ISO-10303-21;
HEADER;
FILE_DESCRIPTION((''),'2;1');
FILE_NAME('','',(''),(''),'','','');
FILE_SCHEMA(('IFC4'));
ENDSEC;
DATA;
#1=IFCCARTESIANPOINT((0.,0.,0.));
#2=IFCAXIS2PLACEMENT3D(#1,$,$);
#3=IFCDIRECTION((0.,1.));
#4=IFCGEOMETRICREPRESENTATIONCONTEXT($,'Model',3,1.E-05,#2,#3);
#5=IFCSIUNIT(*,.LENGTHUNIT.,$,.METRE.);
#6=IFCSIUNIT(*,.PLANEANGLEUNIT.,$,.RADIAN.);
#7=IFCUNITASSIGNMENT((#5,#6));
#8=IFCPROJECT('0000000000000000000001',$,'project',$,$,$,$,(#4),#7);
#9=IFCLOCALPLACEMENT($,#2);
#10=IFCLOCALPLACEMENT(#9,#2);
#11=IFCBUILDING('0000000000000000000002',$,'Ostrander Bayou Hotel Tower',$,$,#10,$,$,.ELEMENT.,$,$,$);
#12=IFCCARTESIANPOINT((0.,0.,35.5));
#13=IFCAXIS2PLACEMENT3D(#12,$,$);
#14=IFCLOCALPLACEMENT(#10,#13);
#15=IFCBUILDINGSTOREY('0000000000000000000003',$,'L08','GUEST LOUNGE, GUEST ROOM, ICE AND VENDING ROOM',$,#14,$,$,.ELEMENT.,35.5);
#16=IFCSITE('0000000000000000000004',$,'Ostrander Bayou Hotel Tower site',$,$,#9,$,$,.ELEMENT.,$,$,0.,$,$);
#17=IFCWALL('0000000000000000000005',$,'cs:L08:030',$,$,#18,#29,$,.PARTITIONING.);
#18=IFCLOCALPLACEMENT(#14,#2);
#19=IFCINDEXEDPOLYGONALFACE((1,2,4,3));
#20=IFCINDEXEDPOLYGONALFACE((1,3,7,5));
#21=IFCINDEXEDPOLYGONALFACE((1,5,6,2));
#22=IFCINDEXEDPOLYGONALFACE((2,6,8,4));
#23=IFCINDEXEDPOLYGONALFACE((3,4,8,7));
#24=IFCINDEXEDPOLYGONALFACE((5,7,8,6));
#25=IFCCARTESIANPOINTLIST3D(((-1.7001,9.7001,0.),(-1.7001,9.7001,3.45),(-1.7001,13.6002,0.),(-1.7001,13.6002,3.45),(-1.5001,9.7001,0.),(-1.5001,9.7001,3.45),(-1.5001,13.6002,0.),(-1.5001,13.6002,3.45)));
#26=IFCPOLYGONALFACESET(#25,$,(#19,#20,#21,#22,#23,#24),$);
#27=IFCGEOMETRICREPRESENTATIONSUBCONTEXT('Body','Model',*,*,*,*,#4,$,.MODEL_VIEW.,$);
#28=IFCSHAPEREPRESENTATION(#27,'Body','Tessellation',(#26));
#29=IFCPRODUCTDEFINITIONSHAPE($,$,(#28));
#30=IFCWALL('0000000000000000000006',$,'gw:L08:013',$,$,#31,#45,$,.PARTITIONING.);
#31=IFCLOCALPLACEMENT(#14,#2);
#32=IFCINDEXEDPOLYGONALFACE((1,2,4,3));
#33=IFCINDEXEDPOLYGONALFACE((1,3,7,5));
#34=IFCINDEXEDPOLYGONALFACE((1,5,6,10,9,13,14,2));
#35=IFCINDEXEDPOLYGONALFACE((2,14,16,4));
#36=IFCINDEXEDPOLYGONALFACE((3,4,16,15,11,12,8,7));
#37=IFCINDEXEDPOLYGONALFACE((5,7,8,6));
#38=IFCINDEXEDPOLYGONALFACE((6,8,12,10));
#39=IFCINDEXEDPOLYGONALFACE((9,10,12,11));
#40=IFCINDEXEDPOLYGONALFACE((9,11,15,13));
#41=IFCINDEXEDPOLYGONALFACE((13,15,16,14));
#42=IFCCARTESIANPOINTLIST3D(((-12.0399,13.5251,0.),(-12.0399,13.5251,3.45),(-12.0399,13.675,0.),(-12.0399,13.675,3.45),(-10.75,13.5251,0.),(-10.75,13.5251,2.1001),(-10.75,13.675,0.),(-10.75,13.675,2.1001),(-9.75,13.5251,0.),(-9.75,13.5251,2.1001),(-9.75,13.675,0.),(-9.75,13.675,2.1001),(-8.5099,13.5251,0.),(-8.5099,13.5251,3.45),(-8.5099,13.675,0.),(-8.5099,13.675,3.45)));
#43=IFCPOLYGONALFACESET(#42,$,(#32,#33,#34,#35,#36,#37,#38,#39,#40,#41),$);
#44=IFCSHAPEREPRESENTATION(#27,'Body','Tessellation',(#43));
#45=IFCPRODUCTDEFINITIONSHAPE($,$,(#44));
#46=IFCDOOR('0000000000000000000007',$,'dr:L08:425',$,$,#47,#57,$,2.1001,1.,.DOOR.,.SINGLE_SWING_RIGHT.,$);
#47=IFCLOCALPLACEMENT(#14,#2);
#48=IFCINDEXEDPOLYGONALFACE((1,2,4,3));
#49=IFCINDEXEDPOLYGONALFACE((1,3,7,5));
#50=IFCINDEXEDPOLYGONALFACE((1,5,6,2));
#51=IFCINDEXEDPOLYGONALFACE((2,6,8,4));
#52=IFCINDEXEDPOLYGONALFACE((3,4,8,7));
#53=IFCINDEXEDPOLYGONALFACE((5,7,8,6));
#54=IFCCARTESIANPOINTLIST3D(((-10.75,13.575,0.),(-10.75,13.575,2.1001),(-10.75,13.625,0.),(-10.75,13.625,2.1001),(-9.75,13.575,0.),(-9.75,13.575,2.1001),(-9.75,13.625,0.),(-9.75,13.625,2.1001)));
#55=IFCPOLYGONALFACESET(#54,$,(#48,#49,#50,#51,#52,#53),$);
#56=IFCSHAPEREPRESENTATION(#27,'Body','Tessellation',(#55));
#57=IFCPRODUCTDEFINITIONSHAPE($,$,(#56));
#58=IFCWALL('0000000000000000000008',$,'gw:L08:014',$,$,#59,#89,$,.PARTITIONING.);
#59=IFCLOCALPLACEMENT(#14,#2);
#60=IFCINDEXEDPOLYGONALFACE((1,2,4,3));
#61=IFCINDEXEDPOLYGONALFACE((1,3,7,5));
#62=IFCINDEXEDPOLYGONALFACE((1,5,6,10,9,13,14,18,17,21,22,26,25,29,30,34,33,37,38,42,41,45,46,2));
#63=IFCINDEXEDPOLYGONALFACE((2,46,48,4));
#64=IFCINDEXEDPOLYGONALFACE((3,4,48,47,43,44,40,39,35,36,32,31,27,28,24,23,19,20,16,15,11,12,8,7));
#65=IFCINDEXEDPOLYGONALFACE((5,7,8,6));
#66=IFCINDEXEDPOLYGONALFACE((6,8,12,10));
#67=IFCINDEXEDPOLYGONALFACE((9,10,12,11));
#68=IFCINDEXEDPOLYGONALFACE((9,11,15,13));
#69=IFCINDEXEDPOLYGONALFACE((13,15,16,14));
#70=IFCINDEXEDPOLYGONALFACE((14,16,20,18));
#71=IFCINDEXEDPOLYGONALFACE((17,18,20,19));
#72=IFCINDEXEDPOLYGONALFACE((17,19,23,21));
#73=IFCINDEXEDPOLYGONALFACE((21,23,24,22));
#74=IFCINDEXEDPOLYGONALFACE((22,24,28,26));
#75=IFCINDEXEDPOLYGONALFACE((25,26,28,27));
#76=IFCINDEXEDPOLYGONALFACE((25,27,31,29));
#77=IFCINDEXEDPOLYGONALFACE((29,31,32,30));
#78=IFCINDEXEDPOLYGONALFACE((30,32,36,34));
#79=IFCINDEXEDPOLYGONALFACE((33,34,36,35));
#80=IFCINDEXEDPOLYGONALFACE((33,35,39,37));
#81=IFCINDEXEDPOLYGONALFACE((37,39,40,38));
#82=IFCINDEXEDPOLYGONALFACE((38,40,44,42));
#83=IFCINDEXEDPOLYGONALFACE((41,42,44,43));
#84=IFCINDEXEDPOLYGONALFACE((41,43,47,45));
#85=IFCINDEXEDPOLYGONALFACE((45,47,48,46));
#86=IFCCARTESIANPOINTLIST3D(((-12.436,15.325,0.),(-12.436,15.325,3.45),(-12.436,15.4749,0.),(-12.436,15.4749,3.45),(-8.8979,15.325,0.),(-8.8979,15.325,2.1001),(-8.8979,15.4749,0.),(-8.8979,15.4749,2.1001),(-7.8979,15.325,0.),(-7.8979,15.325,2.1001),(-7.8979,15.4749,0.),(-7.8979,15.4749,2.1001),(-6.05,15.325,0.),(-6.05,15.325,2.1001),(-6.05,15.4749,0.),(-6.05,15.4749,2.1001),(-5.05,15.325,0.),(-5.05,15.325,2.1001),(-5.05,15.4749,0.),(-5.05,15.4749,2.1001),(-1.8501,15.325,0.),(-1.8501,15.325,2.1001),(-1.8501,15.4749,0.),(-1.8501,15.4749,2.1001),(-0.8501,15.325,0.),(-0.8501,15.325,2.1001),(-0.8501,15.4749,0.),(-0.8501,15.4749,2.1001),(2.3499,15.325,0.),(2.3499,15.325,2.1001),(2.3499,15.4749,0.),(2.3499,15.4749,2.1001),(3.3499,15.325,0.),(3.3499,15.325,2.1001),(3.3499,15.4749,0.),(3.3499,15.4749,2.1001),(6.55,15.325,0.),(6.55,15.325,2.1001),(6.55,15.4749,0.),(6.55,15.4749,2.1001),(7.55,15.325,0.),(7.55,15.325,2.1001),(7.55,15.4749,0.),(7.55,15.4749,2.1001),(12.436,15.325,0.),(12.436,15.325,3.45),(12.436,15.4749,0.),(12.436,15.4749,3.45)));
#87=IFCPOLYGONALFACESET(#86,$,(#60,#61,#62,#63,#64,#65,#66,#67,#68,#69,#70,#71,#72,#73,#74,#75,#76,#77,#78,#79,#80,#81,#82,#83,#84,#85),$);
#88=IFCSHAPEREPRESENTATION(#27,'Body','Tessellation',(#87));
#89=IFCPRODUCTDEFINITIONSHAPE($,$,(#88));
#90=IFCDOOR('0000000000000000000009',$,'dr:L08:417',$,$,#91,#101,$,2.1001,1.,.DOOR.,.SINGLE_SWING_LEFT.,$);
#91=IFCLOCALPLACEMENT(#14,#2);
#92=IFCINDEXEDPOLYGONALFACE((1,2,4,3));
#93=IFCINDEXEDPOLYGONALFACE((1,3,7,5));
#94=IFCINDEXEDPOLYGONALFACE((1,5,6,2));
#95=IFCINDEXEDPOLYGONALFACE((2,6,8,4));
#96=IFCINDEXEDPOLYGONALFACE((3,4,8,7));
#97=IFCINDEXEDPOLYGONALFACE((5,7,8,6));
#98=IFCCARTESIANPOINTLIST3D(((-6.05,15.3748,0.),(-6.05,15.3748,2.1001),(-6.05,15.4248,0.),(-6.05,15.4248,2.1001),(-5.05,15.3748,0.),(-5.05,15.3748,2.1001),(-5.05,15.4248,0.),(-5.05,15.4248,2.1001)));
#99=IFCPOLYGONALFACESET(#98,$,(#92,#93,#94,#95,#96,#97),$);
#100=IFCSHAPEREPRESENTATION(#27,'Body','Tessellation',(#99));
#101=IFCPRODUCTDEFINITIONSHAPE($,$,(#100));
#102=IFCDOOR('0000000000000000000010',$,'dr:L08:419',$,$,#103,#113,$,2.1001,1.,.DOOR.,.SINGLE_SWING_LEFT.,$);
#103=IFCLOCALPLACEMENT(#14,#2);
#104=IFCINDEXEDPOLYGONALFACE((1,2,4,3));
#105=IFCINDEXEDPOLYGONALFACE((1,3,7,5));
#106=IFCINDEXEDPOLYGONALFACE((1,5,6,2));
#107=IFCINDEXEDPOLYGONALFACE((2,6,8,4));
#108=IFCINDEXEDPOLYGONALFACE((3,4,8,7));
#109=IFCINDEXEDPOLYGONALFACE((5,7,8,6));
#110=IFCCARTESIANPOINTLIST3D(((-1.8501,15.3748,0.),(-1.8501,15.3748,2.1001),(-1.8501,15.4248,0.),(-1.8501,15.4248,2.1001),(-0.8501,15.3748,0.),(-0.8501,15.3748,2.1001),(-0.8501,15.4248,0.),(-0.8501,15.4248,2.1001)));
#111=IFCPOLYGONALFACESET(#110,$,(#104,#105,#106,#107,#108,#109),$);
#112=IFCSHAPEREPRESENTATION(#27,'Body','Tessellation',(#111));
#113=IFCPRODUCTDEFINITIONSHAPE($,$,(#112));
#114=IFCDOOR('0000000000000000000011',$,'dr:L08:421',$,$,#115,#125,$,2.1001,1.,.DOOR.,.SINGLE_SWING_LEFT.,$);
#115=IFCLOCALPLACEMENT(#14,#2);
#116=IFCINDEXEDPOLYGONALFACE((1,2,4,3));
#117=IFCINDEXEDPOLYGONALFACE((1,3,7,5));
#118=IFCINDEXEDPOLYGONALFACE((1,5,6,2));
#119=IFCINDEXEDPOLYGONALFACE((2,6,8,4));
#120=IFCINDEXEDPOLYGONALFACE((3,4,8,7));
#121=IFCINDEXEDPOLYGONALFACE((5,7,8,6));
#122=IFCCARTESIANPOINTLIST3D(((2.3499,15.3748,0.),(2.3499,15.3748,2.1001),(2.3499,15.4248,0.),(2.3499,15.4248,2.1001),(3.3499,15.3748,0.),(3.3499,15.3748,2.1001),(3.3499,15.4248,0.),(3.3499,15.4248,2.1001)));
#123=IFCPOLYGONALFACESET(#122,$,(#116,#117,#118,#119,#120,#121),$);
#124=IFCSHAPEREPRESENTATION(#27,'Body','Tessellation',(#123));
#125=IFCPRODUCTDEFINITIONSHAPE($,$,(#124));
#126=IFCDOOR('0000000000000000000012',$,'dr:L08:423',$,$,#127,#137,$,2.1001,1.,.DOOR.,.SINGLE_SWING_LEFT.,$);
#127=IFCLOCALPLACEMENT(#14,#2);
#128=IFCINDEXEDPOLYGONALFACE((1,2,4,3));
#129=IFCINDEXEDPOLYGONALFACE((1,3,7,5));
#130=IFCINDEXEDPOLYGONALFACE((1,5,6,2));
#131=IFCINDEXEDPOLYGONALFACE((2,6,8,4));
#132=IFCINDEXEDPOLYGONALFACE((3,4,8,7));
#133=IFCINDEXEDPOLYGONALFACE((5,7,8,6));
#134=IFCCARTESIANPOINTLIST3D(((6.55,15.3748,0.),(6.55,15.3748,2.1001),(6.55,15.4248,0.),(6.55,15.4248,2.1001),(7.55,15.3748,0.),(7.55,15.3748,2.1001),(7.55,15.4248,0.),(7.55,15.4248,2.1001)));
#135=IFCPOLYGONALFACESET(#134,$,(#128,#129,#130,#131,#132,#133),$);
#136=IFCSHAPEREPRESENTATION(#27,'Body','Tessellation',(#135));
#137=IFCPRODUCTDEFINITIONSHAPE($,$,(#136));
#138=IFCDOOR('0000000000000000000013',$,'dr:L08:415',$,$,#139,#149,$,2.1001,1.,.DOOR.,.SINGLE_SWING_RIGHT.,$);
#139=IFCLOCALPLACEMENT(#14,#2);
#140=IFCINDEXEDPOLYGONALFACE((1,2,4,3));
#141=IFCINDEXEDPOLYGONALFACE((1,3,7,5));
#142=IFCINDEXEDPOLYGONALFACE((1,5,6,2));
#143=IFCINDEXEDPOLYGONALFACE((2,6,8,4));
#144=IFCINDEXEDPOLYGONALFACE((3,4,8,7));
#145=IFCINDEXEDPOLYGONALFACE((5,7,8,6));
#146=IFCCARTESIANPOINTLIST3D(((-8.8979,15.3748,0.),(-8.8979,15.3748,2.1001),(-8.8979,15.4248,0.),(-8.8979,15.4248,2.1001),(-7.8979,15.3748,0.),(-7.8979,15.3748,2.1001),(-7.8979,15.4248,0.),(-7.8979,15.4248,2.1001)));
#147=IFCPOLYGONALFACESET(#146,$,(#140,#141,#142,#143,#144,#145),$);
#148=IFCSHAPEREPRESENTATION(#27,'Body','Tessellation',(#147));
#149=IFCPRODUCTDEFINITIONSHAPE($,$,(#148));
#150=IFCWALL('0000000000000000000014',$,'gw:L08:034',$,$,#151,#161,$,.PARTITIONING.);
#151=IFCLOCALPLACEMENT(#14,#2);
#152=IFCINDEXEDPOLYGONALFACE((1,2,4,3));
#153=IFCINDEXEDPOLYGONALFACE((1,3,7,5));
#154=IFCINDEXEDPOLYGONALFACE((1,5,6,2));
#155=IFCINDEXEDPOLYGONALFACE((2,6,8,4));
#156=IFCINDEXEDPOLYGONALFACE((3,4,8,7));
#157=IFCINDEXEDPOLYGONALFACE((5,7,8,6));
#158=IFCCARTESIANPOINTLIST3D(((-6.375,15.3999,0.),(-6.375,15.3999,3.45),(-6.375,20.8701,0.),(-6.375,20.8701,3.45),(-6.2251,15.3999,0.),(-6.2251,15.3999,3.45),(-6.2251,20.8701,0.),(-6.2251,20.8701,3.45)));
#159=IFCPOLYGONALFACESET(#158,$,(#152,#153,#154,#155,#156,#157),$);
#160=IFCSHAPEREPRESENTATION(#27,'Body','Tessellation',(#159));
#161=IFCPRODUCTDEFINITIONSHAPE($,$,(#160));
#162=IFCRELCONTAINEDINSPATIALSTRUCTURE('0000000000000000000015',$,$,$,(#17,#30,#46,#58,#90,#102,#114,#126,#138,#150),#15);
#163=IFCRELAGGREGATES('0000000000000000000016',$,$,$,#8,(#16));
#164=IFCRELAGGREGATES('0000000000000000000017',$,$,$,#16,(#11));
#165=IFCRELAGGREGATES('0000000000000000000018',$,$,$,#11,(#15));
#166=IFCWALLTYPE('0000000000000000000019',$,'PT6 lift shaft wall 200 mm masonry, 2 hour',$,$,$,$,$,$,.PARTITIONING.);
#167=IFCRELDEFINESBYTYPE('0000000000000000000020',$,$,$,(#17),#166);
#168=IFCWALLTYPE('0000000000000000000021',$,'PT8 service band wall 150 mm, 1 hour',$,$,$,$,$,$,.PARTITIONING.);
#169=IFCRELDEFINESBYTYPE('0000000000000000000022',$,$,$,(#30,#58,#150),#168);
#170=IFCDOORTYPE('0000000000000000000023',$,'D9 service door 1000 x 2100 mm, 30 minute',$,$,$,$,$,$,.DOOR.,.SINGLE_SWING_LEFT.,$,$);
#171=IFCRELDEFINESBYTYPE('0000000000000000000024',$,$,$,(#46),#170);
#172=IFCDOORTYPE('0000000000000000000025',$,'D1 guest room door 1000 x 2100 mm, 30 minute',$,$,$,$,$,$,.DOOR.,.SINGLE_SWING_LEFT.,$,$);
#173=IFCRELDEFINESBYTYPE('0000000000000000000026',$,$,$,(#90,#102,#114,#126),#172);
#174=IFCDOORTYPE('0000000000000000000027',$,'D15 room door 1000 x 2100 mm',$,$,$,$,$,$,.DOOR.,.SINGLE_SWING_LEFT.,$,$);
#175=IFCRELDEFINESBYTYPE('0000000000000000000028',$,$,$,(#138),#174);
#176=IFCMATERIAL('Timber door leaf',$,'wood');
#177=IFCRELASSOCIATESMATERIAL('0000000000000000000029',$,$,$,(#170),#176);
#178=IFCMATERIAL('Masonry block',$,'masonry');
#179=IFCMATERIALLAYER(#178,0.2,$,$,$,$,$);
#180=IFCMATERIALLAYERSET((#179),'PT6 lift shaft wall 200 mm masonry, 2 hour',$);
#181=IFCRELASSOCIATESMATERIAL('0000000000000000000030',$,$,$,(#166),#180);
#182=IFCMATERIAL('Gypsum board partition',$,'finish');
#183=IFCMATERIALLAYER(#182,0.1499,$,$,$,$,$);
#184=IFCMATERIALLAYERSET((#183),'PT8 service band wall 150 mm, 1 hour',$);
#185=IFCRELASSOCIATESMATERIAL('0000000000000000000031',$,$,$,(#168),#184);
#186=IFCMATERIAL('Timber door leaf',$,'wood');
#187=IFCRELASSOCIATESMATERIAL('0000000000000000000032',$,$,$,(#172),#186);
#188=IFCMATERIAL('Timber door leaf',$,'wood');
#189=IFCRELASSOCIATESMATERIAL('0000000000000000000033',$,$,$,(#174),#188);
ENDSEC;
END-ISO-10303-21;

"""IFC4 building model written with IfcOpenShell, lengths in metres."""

from ifc_helpers import new_model, si_unit, direction, frame, frame_2d, origin, place, context, subcontext, project, spatial, rectangle, extrude, material, layer, layer_set, type_object, element, fill, save


model = new_model("IFC4")

# Units and contexts
model_context = context("Model", 3, precision=1e-05, world=origin(), true_north=direction((0.0, 1.0)))
body_context = subcontext(model_context, "Body", "Model", "MODEL_VIEW")
ifc_project = project(units=[si_unit("LENGTHUNIT", "METRE"), si_unit("PLANEANGLEUNIT", "RADIAN")], contexts=[model_context])

# Site, building, storey
site_placement = place(None, origin())
site = spatial("IfcSite", under=ifc_project, at=site_placement, Name="Ostrander Bayou Hotel Tower site", CompositionType="ELEMENT", RefElevation=0.0)
building_placement = place(site_placement, origin())
building = spatial("IfcBuilding", under=site, at=building_placement, Name="Ostrander Bayou Hotel Tower", CompositionType="ELEMENT")
storey_placement = place(building_placement, frame((0.0, 0.0, 35.5)))
storey = spatial("IfcBuildingStorey", under=building, at=storey_placement, Name="L08", Description="GUEST LOUNGE, GUEST ROOM, ICE AND VENDING ROOM", CompositionType="ELEMENT", Elevation=35.5)

# Shared definitions
ifc_material_1 = material(Name="Timber door leaf", Category="wood")
door_type_1 = type_object("IfcDoorType", Name="D9 service door 1000 x 2100 mm, 30 minute", OperationType="SINGLE_SWING_LEFT", PredefinedType="DOOR", material=ifc_material_1)

# Wall
ifc_material_2 = material(Name="Masonry block", Category="masonry")
ifc_layer_1 = layer(ifc_material_2, 0.2)
ifc_layer_set_1 = layer_set([ifc_layer_1], Name="PT6 lift shaft wall 200 mm masonry, 2 hour")
wall_type_1 = type_object("IfcWallType", Name="PT6 lift shaft wall 200 mm masonry, 2 hour", PredefinedType="PARTITIONING", material=ifc_layer_set_1)
wall_1_placement = place(storey_placement, frame((-1.6001, 9.7, 0.0), z_axis=(0.0, 0.0, 1.0), x_axis=(0.0, 1.0, 0.0)))
element("IfcWall", 1, at=wall_1_placement, inside=storey, type_object=wall_type_1, Name="cs:L08:030", PredefinedType="PARTITIONING", context=body_context, shape_type="SweptSolid", body=[
    extrude(rectangle(XDim=3.9001, YDim=0.2, at=frame_2d((1.9502, 0.0))), origin(), (0.0, 0.0, 1.0), 3.45),
])

# Wall, opening, door
ifc_material_3 = material(Name="Gypsum board partition", Category="finish")
ifc_layer_2 = layer(ifc_material_3, 0.1499)
ifc_layer_set_2 = layer_set([ifc_layer_2], Name="PT8 service band wall 150 mm, 1 hour")
wall_type_2 = type_object("IfcWallType", Name="PT8 service band wall 150 mm, 1 hour", PredefinedType="PARTITIONING", material=ifc_layer_set_2)
wall_2_placement = place(storey_placement, frame((-12.04, 13.6001, 0.0), z_axis=(0.0, 0.0, 1.0), x_axis=(1.0, 0.0, 0.0)))
wall_2 = element("IfcWall", 2, at=wall_2_placement, inside=storey, type_object=wall_type_2, Name="gw:L08:013", PredefinedType="PARTITIONING", context=body_context, shape_type="SweptSolid", body=[
    extrude(rectangle(XDim=3.53, YDim=0.1499, at=frame_2d((1.7651, 0.0))), origin(), (0.0, 0.0, 1.0), 3.45),
])
opening_1_placement = place(wall_2_placement, frame((1.29, 0.0, 0.0)))
opening_1 = element("IfcOpeningElement", 3, at=opening_1_placement, cuts=wall_2, PredefinedType="OPENING", context=body_context, shape_type="SweptSolid", body=[
    extrude(rectangle(XDim=1.0, YDim=2.1001, at=frame_2d((0.5, 1.05))), frame((0.0, 0.075, 0.0), z_axis=(0.0, -1.0, 0.0), x_axis=(1.0, 0.0, 0.0)), (0.0, 0.0, 1.0), 0.1499),
])
door_1_placement = place(opening_1_placement, origin())
door_1 = element("IfcDoor", 4, at=door_1_placement, inside=storey, type_object=door_type_1, Name="dr:L08:425", OperationType="SINGLE_SWING_RIGHT", OverallHeight=2.1001, OverallWidth=1.0, PredefinedType="DOOR", context=body_context, shape_type="SweptSolid", body=[
    extrude(rectangle(XDim=1.0, YDim=2.1001, at=frame_2d((0.5, 1.05))), frame((0.0, 0.0249, 0.0), z_axis=(0.0, -1.0, 0.0), x_axis=(1.0, 0.0, 0.0)), (0.0, 0.0, 1.0), 0.05),
])
fill(opening_1, door_1)

# Wall, openings, doors
wall_3_placement = place(storey_placement, frame((-12.436, 15.3999, 0.0), z_axis=(0.0, 0.0, 1.0), x_axis=(1.0, 0.0, 0.0)))
wall_3 = element("IfcWall", 5, at=wall_3_placement, inside=storey, type_object=wall_type_2, Name="gw:L08:014", PredefinedType="PARTITIONING", context=body_context, shape_type="SweptSolid", body=[
    extrude(rectangle(XDim=24.8721, YDim=0.1499, at=frame_2d((12.436, 0.0))), origin(), (0.0, 0.0, 1.0), 3.45),
])
opening_2_placement = place(wall_3_placement, frame((3.5381, 0.0, 0.0)))
opening_2 = element("IfcOpeningElement", 6, at=opening_2_placement, cuts=wall_3, PredefinedType="OPENING", context=body_context, shape_type="SweptSolid", body=[
    extrude(rectangle(XDim=1.0, YDim=2.1001, at=frame_2d((0.5, 1.05))), frame((0.0, 0.075, 0.0), z_axis=(0.0, -1.0, 0.0), x_axis=(1.0, 0.0, 0.0)), (0.0, 0.0, 1.0), 0.1499),
])
opening_3_placement = place(wall_3_placement, frame((6.386, 0.0, 0.0)))
opening_3 = element("IfcOpeningElement", 7, at=opening_3_placement, cuts=wall_3, PredefinedType="OPENING", context=body_context, shape_type="SweptSolid", body=[
    extrude(rectangle(XDim=1.0, YDim=2.1001, at=frame_2d((0.5, 1.05))), frame((0.0, 0.075, 0.0), z_axis=(0.0, -1.0, 0.0), x_axis=(1.0, 0.0, 0.0)), (0.0, 0.0, 1.0), 0.1499),
])
opening_4_placement = place(wall_3_placement, frame((10.5859, 0.0, 0.0)))
opening_4 = element("IfcOpeningElement", 8, at=opening_4_placement, cuts=wall_3, PredefinedType="OPENING", context=body_context, shape_type="SweptSolid", body=[
    extrude(rectangle(XDim=1.0, YDim=2.1001, at=frame_2d((0.5, 1.05))), frame((0.0, 0.075, 0.0), z_axis=(0.0, -1.0, 0.0), x_axis=(1.0, 0.0, 0.0)), (0.0, 0.0, 1.0), 0.1499),
])
opening_5_placement = place(wall_3_placement, frame((14.7859, 0.0, 0.0)))
opening_5 = element("IfcOpeningElement", 9, at=opening_5_placement, cuts=wall_3, PredefinedType="OPENING", context=body_context, shape_type="SweptSolid", body=[
    extrude(rectangle(XDim=1.0, YDim=2.1001, at=frame_2d((0.5, 1.05))), frame((0.0, 0.075, 0.0), z_axis=(0.0, -1.0, 0.0), x_axis=(1.0, 0.0, 0.0)), (0.0, 0.0, 1.0), 0.1499),
])
opening_6_placement = place(wall_3_placement, frame((18.9861, 0.0, 0.0)))
opening_6 = element("IfcOpeningElement", 10, at=opening_6_placement, cuts=wall_3, PredefinedType="OPENING", context=body_context, shape_type="SweptSolid", body=[
    extrude(rectangle(XDim=1.0, YDim=2.1001, at=frame_2d((0.5, 1.05))), frame((0.0, 0.075, 0.0), z_axis=(0.0, -1.0, 0.0), x_axis=(1.0, 0.0, 0.0)), (0.0, 0.0, 1.0), 0.1499),
])
ifc_material_4 = material(Name="Timber door leaf", Category="wood")
door_type_2 = type_object("IfcDoorType", Name="D1 guest room door 1000 x 2100 mm, 30 minute", OperationType="SINGLE_SWING_LEFT", PredefinedType="DOOR", material=ifc_material_4)
door_2_placement = place(opening_3_placement, origin())
door_2 = element("IfcDoor", 11, at=door_2_placement, inside=storey, type_object=door_type_2, Name="dr:L08:417", OperationType="SINGLE_SWING_LEFT", OverallHeight=2.1001, OverallWidth=1.0, PredefinedType="DOOR", context=body_context, shape_type="SweptSolid", body=[
    extrude(rectangle(XDim=1.0, YDim=2.1001, at=frame_2d((0.5, 1.05))), frame((0.0, 0.0249, 0.0), z_axis=(0.0, -1.0, 0.0), x_axis=(1.0, 0.0, 0.0)), (0.0, 0.0, 1.0), 0.05),
])
fill(opening_3, door_2)
door_3_placement = place(opening_4_placement, origin())
door_3 = element("IfcDoor", 12, at=door_3_placement, inside=storey, type_object=door_type_2, Name="dr:L08:419", OperationType="SINGLE_SWING_LEFT", OverallHeight=2.1001, OverallWidth=1.0, PredefinedType="DOOR", context=body_context, shape_type="SweptSolid", body=[
    extrude(rectangle(XDim=1.0, YDim=2.1001, at=frame_2d((0.5, 1.05))), frame((0.0, 0.0249, 0.0), z_axis=(0.0, -1.0, 0.0), x_axis=(1.0, 0.0, 0.0)), (0.0, 0.0, 1.0), 0.05),
])
fill(opening_4, door_3)
door_4_placement = place(opening_5_placement, origin())
door_4 = element("IfcDoor", 13, at=door_4_placement, inside=storey, type_object=door_type_2, Name="dr:L08:421", OperationType="SINGLE_SWING_LEFT", OverallHeight=2.1001, OverallWidth=1.0, PredefinedType="DOOR", context=body_context, shape_type="SweptSolid", body=[
    extrude(rectangle(XDim=1.0, YDim=2.1001, at=frame_2d((0.5, 1.05))), frame((0.0, 0.0249, 0.0), z_axis=(0.0, -1.0, 0.0), x_axis=(1.0, 0.0, 0.0)), (0.0, 0.0, 1.0), 0.05),
])
fill(opening_5, door_4)
door_5_placement = place(opening_6_placement, origin())
door_5 = element("IfcDoor", 14, at=door_5_placement, inside=storey, type_object=door_type_2, Name="dr:L08:423", OperationType="SINGLE_SWING_LEFT", OverallHeight=2.1001, OverallWidth=1.0, PredefinedType="DOOR", context=body_context, shape_type="SweptSolid", body=[
    extrude(rectangle(XDim=1.0, YDim=2.1001, at=frame_2d((0.5, 1.05))), frame((0.0, 0.0249, 0.0), z_axis=(0.0, -1.0, 0.0), x_axis=(1.0, 0.0, 0.0)), (0.0, 0.0, 1.0), 0.05),
])
fill(opening_6, door_5)
ifc_material_5 = material(Name="Timber door leaf", Category="wood")
door_type_3 = type_object("IfcDoorType", Name="D15 room door 1000 x 2100 mm", OperationType="SINGLE_SWING_LEFT", PredefinedType="DOOR", material=ifc_material_5)
door_6_placement = place(opening_2_placement, origin())
door_6 = element("IfcDoor", 15, at=door_6_placement, inside=storey, type_object=door_type_3, Name="dr:L08:415", OperationType="SINGLE_SWING_RIGHT", OverallHeight=2.1001, OverallWidth=1.0, PredefinedType="DOOR", context=body_context, shape_type="SweptSolid", body=[
    extrude(rectangle(XDim=1.0, YDim=2.1001, at=frame_2d((0.5, 1.05))), frame((0.0, 0.0249, 0.0), z_axis=(0.0, -1.0, 0.0), x_axis=(1.0, 0.0, 0.0)), (0.0, 0.0, 1.0), 0.05),
])
fill(opening_2, door_6)

# Wall
wall_4_placement = place(storey_placement, frame((-6.3, 15.3999, 0.0), z_axis=(0.0, 0.0, 1.0), x_axis=(0.0, 1.0, 0.0)))
element("IfcWall", 16, at=wall_4_placement, inside=storey, type_object=wall_type_2, Name="gw:L08:034", PredefinedType="PARTITIONING", context=body_context, shape_type="SweptSolid", body=[
    extrude(rectangle(XDim=5.4702, YDim=0.1499, at=frame_2d((2.7351, 0.0))), origin(), (0.0, 0.0, 1.0), 3.45),
])

save(model, "model.ifc")
